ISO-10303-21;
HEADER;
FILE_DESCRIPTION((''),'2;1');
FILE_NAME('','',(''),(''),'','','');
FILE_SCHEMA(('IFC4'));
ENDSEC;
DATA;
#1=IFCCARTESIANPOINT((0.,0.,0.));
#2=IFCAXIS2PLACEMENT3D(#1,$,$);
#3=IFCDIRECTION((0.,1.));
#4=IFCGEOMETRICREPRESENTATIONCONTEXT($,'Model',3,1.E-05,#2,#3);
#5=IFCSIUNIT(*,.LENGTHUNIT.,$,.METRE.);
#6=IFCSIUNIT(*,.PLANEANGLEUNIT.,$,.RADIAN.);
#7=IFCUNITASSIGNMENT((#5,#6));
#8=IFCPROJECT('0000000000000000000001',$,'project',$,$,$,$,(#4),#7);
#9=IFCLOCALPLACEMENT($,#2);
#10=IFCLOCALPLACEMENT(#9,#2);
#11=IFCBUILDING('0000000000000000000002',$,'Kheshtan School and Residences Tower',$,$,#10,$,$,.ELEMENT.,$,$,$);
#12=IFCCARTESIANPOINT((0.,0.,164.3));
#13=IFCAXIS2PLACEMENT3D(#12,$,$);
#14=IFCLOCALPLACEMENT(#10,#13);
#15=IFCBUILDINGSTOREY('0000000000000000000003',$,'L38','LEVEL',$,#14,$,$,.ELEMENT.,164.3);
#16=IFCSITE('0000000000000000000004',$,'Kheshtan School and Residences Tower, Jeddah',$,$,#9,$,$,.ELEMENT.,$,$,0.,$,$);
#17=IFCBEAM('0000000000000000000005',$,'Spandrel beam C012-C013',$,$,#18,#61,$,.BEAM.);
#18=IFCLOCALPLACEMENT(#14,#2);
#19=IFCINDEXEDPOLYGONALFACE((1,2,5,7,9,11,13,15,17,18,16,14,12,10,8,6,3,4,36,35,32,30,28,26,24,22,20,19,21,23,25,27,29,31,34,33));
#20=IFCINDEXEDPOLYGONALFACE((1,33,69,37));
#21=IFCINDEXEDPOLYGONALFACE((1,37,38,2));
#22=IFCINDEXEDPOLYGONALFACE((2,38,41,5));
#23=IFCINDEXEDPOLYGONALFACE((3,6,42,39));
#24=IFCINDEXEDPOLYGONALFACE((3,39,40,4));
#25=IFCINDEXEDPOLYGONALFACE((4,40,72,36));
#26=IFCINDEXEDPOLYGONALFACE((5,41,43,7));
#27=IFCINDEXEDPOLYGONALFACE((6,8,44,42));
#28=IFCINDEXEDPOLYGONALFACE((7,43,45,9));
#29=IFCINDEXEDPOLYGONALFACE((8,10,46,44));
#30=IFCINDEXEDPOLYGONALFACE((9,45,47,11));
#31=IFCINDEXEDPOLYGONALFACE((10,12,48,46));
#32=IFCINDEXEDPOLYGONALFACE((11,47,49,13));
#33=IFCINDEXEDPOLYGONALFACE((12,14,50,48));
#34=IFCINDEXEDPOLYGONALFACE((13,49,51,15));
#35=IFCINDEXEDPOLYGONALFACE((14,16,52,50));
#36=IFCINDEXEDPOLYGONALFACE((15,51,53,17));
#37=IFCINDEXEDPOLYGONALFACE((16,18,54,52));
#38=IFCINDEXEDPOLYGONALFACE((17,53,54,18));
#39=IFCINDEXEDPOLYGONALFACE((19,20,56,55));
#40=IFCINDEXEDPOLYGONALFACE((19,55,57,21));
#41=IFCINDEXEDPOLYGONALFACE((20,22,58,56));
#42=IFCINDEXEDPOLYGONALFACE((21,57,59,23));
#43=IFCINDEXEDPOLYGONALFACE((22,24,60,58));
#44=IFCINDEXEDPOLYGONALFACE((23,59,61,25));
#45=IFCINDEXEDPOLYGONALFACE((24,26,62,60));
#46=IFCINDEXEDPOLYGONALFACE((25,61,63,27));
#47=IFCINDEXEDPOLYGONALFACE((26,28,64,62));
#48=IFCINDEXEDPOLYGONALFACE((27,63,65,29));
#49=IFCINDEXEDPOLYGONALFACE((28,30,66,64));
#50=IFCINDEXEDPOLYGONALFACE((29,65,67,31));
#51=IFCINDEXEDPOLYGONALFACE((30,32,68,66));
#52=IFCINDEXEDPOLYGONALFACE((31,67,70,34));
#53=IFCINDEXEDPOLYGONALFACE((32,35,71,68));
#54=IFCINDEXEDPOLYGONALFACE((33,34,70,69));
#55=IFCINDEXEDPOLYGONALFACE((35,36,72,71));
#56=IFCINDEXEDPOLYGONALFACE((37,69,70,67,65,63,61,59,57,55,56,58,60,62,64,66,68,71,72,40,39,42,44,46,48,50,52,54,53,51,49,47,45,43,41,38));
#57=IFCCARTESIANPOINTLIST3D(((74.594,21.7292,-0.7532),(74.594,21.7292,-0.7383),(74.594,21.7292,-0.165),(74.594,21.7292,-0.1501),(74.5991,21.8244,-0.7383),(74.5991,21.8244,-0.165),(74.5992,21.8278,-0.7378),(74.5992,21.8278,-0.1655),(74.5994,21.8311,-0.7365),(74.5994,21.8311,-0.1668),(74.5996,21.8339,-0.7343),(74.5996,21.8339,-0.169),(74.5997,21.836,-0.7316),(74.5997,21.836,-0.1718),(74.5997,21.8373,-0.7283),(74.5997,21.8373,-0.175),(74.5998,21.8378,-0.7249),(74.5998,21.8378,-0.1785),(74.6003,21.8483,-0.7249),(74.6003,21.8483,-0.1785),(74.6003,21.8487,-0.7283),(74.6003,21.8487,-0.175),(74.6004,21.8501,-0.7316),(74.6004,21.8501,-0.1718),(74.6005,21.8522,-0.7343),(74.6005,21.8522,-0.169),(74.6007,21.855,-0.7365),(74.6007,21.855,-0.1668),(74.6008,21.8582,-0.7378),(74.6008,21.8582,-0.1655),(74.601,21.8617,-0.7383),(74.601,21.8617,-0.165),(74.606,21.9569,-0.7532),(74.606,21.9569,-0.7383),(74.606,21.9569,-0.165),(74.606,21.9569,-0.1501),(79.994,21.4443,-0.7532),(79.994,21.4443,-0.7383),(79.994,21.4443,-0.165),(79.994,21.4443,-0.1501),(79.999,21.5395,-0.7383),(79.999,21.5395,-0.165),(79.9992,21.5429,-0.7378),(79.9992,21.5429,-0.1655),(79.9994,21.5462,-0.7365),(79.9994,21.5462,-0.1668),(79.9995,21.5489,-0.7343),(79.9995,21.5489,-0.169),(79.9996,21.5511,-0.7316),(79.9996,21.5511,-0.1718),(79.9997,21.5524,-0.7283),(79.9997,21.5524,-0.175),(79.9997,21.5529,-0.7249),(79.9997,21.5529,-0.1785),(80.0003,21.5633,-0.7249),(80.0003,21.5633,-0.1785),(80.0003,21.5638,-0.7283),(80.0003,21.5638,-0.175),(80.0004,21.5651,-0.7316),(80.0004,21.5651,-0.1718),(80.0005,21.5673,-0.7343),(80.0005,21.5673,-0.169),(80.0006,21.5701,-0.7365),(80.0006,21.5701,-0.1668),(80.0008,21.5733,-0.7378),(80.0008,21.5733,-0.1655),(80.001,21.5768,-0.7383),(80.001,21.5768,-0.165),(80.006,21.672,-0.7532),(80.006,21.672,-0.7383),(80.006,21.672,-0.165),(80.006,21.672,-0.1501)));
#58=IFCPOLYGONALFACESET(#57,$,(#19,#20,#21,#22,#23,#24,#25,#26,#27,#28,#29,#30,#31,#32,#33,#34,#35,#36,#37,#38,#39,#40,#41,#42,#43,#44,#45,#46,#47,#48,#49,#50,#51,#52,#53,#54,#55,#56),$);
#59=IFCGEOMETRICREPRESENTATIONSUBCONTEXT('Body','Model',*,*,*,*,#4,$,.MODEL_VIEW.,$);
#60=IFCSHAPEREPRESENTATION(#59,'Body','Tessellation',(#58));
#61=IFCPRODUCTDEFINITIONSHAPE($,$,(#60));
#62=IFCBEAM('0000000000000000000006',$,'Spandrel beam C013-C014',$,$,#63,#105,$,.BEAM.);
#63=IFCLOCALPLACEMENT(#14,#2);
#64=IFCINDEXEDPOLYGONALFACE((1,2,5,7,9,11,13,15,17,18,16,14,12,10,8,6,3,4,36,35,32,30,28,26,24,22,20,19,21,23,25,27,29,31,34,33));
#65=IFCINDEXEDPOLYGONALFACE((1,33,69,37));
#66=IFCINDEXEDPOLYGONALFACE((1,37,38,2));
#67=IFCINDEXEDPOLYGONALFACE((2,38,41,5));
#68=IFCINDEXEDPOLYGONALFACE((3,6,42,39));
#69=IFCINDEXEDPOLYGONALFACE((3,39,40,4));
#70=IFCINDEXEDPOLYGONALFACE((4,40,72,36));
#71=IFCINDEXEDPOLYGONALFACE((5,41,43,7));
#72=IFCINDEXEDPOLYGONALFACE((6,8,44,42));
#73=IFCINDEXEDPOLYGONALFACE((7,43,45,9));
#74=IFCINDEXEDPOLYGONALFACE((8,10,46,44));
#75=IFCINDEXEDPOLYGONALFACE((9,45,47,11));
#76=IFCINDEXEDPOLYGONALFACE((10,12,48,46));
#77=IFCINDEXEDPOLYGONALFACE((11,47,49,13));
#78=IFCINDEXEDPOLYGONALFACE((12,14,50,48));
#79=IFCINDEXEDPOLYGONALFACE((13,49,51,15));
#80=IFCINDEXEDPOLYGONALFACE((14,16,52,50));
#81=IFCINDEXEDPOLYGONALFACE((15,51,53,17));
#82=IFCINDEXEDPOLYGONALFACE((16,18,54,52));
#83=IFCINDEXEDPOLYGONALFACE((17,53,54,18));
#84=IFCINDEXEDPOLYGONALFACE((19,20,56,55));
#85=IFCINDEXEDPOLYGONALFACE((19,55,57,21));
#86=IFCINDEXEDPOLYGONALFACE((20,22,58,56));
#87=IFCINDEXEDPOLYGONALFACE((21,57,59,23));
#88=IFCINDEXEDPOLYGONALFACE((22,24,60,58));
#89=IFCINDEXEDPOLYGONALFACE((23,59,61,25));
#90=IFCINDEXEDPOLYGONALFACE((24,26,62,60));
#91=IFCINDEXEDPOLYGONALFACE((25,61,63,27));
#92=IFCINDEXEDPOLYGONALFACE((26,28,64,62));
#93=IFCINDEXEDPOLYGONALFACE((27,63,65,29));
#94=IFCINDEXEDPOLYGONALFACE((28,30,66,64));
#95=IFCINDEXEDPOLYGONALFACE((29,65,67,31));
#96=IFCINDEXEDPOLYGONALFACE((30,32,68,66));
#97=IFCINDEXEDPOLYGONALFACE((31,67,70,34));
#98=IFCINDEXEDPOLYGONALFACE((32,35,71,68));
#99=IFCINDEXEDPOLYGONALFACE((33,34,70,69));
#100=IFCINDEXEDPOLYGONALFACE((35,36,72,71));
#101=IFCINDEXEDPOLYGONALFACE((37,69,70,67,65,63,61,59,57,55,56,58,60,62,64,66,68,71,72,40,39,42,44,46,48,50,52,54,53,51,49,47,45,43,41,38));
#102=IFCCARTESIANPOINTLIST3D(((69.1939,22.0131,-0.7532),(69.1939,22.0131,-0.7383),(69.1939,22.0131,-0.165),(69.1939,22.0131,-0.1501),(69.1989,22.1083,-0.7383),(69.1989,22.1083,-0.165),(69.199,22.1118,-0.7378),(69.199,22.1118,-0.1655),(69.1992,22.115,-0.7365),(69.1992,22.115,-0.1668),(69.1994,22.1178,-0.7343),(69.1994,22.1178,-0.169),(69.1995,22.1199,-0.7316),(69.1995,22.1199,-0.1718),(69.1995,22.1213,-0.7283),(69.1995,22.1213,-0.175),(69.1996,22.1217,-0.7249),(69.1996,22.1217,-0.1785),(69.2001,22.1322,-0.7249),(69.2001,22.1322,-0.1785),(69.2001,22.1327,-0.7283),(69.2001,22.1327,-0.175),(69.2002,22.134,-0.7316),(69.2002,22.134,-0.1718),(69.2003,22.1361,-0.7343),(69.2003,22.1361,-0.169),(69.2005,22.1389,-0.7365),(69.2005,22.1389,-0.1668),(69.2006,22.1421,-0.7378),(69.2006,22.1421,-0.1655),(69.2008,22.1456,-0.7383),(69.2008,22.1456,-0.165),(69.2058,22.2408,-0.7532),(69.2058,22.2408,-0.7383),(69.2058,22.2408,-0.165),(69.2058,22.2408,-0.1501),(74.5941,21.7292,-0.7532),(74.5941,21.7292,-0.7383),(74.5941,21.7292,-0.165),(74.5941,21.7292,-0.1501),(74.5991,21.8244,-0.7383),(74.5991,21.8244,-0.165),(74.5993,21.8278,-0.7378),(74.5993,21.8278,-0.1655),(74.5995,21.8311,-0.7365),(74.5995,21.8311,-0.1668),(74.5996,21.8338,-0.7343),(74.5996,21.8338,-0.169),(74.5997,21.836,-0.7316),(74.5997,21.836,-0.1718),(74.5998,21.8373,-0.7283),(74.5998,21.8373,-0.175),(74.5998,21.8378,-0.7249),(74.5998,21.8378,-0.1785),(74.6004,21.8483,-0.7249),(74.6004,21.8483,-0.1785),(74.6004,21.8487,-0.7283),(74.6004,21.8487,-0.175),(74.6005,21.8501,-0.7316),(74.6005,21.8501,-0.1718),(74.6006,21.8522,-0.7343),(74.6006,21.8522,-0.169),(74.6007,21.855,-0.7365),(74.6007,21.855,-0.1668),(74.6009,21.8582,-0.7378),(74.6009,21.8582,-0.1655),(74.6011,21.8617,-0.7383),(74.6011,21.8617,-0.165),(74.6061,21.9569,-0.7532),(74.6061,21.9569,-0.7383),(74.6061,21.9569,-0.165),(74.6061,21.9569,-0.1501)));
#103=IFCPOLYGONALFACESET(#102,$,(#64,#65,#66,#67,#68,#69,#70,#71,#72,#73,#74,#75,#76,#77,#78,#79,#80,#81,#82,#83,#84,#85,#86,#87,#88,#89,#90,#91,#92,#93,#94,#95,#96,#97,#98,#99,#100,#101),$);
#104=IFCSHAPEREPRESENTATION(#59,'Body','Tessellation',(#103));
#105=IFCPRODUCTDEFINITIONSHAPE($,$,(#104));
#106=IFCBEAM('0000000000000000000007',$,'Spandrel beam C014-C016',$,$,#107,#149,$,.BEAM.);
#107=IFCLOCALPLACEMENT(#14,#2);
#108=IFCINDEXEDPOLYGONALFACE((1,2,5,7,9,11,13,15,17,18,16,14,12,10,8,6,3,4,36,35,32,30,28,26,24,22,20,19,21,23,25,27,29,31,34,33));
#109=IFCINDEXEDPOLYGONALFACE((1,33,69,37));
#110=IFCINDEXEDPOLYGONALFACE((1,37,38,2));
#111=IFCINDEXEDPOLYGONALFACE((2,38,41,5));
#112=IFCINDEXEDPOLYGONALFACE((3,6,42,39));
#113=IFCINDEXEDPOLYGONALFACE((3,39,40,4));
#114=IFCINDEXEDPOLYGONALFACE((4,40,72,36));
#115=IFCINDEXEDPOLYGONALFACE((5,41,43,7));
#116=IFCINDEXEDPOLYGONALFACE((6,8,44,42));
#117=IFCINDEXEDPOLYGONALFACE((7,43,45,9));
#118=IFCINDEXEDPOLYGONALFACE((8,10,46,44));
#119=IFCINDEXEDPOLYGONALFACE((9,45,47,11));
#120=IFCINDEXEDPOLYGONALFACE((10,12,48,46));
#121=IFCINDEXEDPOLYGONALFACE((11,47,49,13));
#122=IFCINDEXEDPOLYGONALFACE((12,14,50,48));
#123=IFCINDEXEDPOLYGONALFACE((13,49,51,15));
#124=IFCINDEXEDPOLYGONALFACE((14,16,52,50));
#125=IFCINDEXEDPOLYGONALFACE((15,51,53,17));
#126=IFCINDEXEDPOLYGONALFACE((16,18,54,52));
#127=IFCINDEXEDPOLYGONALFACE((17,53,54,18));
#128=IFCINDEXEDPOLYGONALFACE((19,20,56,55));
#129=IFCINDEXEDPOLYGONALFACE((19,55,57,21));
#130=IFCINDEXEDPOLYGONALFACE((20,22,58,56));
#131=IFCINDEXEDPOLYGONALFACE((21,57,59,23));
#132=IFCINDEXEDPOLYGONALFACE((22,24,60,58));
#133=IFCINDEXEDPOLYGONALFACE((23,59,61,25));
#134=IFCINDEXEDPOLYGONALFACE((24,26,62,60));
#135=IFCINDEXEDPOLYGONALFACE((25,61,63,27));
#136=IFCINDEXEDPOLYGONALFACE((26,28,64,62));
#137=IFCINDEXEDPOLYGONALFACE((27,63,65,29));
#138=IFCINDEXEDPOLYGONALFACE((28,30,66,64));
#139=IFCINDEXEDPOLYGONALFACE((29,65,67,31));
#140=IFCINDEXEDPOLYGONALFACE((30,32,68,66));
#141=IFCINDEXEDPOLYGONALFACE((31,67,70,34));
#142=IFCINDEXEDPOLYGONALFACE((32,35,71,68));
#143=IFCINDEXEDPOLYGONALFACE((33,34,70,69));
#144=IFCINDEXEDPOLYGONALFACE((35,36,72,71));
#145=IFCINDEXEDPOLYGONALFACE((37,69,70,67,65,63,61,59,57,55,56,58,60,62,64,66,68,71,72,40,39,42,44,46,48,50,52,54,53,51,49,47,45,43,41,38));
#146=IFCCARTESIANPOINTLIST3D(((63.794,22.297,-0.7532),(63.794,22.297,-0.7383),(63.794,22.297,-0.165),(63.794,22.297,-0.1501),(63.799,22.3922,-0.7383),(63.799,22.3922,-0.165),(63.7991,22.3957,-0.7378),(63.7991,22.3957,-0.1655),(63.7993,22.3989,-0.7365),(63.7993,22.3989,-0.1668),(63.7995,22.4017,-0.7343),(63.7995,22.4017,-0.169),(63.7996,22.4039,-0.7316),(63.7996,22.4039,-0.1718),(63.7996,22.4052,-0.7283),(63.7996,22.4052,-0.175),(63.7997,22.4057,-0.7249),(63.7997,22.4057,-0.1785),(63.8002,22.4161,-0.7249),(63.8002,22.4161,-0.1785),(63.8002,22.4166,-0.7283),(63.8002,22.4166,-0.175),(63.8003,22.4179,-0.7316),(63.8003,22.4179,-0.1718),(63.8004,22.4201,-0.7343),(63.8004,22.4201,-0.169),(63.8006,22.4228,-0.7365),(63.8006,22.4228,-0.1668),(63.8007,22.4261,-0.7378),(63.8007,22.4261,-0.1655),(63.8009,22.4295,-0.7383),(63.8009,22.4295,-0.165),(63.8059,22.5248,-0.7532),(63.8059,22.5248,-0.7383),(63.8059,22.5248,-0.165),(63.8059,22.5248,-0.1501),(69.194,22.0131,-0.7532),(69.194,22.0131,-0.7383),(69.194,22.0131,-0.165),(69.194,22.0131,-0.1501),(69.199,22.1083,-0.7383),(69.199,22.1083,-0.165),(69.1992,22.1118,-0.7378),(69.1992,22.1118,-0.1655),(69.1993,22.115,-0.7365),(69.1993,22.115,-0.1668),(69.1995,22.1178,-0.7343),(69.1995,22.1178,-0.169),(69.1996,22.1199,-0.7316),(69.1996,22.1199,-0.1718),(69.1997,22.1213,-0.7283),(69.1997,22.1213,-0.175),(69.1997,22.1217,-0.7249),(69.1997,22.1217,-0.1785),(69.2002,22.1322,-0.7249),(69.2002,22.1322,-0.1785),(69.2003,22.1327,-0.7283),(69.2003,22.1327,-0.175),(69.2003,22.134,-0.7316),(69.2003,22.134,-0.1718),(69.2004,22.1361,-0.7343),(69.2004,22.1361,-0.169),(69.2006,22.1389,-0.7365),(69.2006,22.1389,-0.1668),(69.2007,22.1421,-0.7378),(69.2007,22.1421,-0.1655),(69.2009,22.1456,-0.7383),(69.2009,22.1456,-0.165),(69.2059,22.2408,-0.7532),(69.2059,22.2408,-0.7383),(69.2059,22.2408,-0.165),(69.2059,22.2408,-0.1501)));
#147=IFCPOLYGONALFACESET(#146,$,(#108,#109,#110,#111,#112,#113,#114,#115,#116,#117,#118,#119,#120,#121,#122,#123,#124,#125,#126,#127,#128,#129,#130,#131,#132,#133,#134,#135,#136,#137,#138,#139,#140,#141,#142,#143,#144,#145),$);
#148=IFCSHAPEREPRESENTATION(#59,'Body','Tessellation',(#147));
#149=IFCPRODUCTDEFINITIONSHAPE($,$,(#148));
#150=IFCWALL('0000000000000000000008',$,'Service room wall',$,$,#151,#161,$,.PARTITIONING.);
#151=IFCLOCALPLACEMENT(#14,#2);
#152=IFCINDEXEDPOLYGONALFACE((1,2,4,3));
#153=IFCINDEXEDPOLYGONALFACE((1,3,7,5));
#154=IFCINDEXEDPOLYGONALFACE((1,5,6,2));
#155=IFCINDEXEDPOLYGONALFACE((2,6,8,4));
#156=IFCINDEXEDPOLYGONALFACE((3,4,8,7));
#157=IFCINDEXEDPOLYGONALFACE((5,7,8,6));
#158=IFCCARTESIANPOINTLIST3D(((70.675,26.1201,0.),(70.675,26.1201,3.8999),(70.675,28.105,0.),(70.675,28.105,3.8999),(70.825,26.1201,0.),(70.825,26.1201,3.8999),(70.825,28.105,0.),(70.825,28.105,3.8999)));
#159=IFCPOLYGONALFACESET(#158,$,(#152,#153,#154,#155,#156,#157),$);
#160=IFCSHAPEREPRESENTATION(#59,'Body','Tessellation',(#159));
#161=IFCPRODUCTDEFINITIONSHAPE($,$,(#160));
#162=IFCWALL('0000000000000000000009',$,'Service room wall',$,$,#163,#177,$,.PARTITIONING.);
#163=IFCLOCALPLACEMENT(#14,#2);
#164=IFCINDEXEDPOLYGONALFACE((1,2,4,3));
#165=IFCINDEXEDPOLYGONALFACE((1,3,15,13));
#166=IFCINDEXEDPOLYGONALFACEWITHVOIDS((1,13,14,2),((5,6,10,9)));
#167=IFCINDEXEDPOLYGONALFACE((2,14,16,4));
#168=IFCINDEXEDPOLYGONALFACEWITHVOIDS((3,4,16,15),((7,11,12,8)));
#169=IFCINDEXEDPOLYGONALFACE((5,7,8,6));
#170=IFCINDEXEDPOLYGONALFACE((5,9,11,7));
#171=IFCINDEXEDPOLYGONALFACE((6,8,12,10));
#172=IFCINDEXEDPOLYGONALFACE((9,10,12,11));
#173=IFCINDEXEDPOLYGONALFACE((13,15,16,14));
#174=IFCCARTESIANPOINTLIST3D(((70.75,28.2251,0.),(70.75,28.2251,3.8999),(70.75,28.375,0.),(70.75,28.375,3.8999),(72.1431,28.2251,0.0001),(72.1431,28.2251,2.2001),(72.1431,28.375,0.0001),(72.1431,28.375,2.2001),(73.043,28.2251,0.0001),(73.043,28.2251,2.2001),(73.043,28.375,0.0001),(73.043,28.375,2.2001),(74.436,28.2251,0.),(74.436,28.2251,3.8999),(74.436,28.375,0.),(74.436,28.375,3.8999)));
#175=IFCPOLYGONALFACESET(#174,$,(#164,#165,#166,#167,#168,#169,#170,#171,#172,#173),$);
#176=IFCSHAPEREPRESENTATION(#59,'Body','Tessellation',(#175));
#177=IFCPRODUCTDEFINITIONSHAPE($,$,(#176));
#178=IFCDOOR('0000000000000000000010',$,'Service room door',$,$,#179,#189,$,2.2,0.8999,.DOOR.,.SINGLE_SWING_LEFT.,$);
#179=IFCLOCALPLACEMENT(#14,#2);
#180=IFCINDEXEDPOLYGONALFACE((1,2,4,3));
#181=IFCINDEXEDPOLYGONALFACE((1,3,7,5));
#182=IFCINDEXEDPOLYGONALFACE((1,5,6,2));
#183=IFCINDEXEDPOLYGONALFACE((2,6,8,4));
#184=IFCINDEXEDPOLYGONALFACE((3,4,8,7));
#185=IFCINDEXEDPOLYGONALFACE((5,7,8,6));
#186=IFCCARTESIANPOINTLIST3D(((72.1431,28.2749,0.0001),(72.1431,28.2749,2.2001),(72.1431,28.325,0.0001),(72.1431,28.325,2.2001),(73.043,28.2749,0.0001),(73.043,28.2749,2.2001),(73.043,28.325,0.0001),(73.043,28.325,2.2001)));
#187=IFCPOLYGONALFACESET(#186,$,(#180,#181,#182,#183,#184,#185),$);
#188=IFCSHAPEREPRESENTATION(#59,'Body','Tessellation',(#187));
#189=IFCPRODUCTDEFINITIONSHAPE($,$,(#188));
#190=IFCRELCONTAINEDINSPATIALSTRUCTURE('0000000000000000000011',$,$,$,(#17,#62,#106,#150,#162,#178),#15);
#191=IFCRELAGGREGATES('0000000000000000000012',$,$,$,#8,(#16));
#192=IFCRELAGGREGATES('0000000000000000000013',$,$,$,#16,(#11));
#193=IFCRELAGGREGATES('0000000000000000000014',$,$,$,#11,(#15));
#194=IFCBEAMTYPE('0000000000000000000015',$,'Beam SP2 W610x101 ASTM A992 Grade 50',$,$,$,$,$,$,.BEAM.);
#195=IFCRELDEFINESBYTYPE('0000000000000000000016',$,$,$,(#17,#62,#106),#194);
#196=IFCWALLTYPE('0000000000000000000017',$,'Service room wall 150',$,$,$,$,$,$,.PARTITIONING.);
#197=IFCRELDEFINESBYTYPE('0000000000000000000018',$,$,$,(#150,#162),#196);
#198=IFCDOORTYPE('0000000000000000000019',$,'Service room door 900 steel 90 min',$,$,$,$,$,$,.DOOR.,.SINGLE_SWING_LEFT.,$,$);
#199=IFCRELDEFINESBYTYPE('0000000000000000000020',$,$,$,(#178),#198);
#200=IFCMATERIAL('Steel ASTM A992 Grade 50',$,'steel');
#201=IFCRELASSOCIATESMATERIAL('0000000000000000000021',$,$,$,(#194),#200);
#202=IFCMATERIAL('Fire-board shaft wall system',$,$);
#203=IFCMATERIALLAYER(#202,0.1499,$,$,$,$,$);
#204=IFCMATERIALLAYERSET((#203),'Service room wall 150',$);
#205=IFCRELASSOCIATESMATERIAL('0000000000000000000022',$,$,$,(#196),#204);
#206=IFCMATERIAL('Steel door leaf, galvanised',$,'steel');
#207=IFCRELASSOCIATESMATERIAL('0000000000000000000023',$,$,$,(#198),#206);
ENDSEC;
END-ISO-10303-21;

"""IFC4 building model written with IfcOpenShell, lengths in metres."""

from ifc_helpers import new_model, si_unit, direction, frame, frame_2d, origin, origin_2d, place, context, subcontext, project, spatial, rectangle, i_section, extrude, source, transform, mapped, material, layer, layer_set, material_profile, profile_set, type_object, element, fill, save


model = new_model("IFC4")

# Units and contexts
model_context = context("Model", 3, precision=1e-05, world=origin(), true_north=direction((0.0, 1.0)))
body_context = subcontext(model_context, "Body", "Model", "MODEL_VIEW")
ifc_project = project(units=[si_unit("LENGTHUNIT", "METRE"), si_unit("PLANEANGLEUNIT", "RADIAN")], contexts=[model_context])

# Site, building, storey
site_placement = place(None, origin())
site = spatial("IfcSite", under=ifc_project, at=site_placement, Name="Kheshtan School and Residences Tower, Jeddah", CompositionType="ELEMENT", RefElevation=0.0)
building_placement = place(site_placement, origin())
building = spatial("IfcBuilding", under=site, at=building_placement, Name="Kheshtan School and Residences Tower", CompositionType="ELEMENT")
storey_placement = place(building_placement, frame((0.0, 0.0, 164.3)))
storey = spatial("IfcBuildingStorey", under=building, at=storey_placement, Name="L38", Description="LEVEL", CompositionType="ELEMENT", Elevation=164.3)

# Shared definitions
ifc_material_1 = material(Name="Steel ASTM A992 Grade 50", Category="steel")

# Beams
ifc_material_profile_1 = material_profile(ifc_material_1, i_section(OverallWidth=0.228, OverallDepth=0.603, WebThickness=0.0105, FlangeThickness=0.0149, FilletRadius=0.0134, at=origin_2d()), Name="W610x101")
ifc_profile_set_1 = profile_set([ifc_material_profile_1], Name="Steel ASTM A992 Grade 50")
beam_type_1 = type_object("IfcBeamType", Name="Beam SP2 W610x101 ASTM A992 Grade 50", PredefinedType="BEAM", material=ifc_profile_set_1)
beam_1_placement = place(storey_placement, frame((80.0, 21.5581, -0.4517), z_axis=(-0.998611, 0.052689, 0.0), x_axis=(-0.052689, -0.998611, 0.0)))
element("IfcBeam", 1, at=beam_1_placement, inside=storey, type_object=beam_type_1, Name="Spandrel beam C012-C013", PredefinedType="BEAM", context=body_context, shape_type="SweptSolid", body=[
    extrude(i_section(OverallWidth=0.228, OverallDepth=0.603, WebThickness=0.0105, FlangeThickness=0.0149, FilletRadius=0.0134, at=origin_2d()), origin(), (0.0, 0.0, 1.0), 5.4075),
])
beam_2_placement = place(storey_placement, frame((74.6001, 21.843, -0.4517), z_axis=(-0.998621, 0.052507, 0.0), x_axis=(-0.052507, -0.998621, 0.0)))
element("IfcBeam", 2, at=beam_2_placement, inside=storey, type_object=beam_type_1, Name="Spandrel beam C013-C014", PredefinedType="BEAM", context=body_context, shape_type="SweptSolid", body=[
    extrude(i_section(OverallWidth=0.228, OverallDepth=0.603, WebThickness=0.0105, FlangeThickness=0.0149, FilletRadius=0.0134, at=origin_2d()), origin(), (0.0, 0.0, 1.0), 5.4077),
])
beam_3_placement = place(storey_placement, frame((69.2, 22.127, -0.4517), z_axis=(-0.99862, 0.052509, 0.0), x_axis=(-0.052509, -0.99862, 0.0)))
element("IfcBeam", 3, at=beam_3_placement, inside=storey, type_object=beam_type_1, Name="Spandrel beam C014-C016", PredefinedType="BEAM", context=body_context, shape_type="SweptSolid", body=[
    extrude(i_section(OverallWidth=0.228, OverallDepth=0.603, WebThickness=0.0105, FlangeThickness=0.0149, FilletRadius=0.0134, at=origin_2d()), origin(), (0.0, 0.0, 1.0), 5.4075),
])

# Wall
ifc_material_2 = material(Name="Fire-board shaft wall system")
ifc_layer_1 = layer(ifc_material_2, 0.1499)
ifc_layer_set_1 = layer_set([ifc_layer_1], Name="Service room wall 150")
wall_type_1 = type_object("IfcWallType", Name="Service room wall 150", PredefinedType="PARTITIONING", material=ifc_layer_set_1)
wall_1_placement = place(storey_placement, frame((70.75, 26.1201, 0.0), z_axis=(0.0, 0.0, 1.0), x_axis=(0.0, 1.0, 0.0)))
element("IfcWall", 4, at=wall_1_placement, inside=storey, type_object=wall_type_1, Name="Service room wall", PredefinedType="PARTITIONING", context=body_context, shape_type="SweptSolid", body=[
    extrude(rectangle(XDim=1.9849, YDim=0.1499, at=frame_2d((0.9924, 0.0))), origin(), (0.0, 0.0, 1.0), 3.8999),
])

# Wall, opening, door
wall_2_placement = place(storey_placement, frame((70.75, 28.3, 0.0), z_axis=(0.0, 0.0, 1.0), x_axis=(1.0, 0.0, 0.0)))
wall_2 = element("IfcWall", 5, at=wall_2_placement, inside=storey, type_object=wall_type_1, Name="Service room wall", PredefinedType="PARTITIONING", context=body_context, shape_type="SweptSolid", body=[
    extrude(rectangle(XDim=3.686, YDim=0.1499, at=frame_2d((1.843, 0.0))), origin(), (0.0, 0.0, 1.0), 3.8999),
])
opening_1_placement = place(wall_2_placement, frame((1.3931, 0.0, 0.0)))
opening_1 = element("IfcOpeningElement", 6, at=opening_1_placement, cuts=wall_2, PredefinedType="OPENING", context=body_context, shape_type="SweptSolid", body=[
    extrude(rectangle(XDim=0.8999, YDim=2.2, at=frame_2d((0.45, 1.1001))), frame((0.0, 0.085, 0.0), z_axis=(0.0, -1.0, 0.0), x_axis=(1.0, 0.0, 0.0)), (0.0, 0.0, 1.0), 0.1699),
])
ifc_material_3 = material(Name="Steel door leaf, galvanised", Category="steel")
door_type_1 = type_object("IfcDoorType", Name="Service room door 900 steel 90 min", OperationType="SINGLE_SWING_LEFT", PredefinedType="DOOR", material=ifc_material_3)
shared_shape_1 = source(origin(), body_context, "Body", "SweptSolid", [
    extrude(rectangle(XDim=0.8999, YDim=2.2, at=frame_2d((0.45, 1.1001))), frame((0.0, 0.0249, 0.0), z_axis=(0.0, -1.0, 0.0), x_axis=(1.0, 0.0, 0.0)), (0.0, 0.0, 1.0), 0.05),
])
door_1_placement = place(opening_1_placement, origin())
door_1 = element("IfcDoor", 7, at=door_1_placement, inside=storey, type_object=door_type_1, Name="Service room door", OperationType="SINGLE_SWING_LEFT", OverallHeight=2.2, OverallWidth=0.8999, PredefinedType="DOOR", context=body_context, shape_type="MappedRepresentation", body=[
    mapped(shared_shape_1, transform((0.0, 0.0, 0.0), x_axis=(1.0, 0.0, 0.0), y_axis=(0.0, 1.0, 0.0), z_axis=(0.0, 0.0, 1.0), scale=1.0)),
])
fill(opening_1, door_1)

save(model, "model.ifc")
